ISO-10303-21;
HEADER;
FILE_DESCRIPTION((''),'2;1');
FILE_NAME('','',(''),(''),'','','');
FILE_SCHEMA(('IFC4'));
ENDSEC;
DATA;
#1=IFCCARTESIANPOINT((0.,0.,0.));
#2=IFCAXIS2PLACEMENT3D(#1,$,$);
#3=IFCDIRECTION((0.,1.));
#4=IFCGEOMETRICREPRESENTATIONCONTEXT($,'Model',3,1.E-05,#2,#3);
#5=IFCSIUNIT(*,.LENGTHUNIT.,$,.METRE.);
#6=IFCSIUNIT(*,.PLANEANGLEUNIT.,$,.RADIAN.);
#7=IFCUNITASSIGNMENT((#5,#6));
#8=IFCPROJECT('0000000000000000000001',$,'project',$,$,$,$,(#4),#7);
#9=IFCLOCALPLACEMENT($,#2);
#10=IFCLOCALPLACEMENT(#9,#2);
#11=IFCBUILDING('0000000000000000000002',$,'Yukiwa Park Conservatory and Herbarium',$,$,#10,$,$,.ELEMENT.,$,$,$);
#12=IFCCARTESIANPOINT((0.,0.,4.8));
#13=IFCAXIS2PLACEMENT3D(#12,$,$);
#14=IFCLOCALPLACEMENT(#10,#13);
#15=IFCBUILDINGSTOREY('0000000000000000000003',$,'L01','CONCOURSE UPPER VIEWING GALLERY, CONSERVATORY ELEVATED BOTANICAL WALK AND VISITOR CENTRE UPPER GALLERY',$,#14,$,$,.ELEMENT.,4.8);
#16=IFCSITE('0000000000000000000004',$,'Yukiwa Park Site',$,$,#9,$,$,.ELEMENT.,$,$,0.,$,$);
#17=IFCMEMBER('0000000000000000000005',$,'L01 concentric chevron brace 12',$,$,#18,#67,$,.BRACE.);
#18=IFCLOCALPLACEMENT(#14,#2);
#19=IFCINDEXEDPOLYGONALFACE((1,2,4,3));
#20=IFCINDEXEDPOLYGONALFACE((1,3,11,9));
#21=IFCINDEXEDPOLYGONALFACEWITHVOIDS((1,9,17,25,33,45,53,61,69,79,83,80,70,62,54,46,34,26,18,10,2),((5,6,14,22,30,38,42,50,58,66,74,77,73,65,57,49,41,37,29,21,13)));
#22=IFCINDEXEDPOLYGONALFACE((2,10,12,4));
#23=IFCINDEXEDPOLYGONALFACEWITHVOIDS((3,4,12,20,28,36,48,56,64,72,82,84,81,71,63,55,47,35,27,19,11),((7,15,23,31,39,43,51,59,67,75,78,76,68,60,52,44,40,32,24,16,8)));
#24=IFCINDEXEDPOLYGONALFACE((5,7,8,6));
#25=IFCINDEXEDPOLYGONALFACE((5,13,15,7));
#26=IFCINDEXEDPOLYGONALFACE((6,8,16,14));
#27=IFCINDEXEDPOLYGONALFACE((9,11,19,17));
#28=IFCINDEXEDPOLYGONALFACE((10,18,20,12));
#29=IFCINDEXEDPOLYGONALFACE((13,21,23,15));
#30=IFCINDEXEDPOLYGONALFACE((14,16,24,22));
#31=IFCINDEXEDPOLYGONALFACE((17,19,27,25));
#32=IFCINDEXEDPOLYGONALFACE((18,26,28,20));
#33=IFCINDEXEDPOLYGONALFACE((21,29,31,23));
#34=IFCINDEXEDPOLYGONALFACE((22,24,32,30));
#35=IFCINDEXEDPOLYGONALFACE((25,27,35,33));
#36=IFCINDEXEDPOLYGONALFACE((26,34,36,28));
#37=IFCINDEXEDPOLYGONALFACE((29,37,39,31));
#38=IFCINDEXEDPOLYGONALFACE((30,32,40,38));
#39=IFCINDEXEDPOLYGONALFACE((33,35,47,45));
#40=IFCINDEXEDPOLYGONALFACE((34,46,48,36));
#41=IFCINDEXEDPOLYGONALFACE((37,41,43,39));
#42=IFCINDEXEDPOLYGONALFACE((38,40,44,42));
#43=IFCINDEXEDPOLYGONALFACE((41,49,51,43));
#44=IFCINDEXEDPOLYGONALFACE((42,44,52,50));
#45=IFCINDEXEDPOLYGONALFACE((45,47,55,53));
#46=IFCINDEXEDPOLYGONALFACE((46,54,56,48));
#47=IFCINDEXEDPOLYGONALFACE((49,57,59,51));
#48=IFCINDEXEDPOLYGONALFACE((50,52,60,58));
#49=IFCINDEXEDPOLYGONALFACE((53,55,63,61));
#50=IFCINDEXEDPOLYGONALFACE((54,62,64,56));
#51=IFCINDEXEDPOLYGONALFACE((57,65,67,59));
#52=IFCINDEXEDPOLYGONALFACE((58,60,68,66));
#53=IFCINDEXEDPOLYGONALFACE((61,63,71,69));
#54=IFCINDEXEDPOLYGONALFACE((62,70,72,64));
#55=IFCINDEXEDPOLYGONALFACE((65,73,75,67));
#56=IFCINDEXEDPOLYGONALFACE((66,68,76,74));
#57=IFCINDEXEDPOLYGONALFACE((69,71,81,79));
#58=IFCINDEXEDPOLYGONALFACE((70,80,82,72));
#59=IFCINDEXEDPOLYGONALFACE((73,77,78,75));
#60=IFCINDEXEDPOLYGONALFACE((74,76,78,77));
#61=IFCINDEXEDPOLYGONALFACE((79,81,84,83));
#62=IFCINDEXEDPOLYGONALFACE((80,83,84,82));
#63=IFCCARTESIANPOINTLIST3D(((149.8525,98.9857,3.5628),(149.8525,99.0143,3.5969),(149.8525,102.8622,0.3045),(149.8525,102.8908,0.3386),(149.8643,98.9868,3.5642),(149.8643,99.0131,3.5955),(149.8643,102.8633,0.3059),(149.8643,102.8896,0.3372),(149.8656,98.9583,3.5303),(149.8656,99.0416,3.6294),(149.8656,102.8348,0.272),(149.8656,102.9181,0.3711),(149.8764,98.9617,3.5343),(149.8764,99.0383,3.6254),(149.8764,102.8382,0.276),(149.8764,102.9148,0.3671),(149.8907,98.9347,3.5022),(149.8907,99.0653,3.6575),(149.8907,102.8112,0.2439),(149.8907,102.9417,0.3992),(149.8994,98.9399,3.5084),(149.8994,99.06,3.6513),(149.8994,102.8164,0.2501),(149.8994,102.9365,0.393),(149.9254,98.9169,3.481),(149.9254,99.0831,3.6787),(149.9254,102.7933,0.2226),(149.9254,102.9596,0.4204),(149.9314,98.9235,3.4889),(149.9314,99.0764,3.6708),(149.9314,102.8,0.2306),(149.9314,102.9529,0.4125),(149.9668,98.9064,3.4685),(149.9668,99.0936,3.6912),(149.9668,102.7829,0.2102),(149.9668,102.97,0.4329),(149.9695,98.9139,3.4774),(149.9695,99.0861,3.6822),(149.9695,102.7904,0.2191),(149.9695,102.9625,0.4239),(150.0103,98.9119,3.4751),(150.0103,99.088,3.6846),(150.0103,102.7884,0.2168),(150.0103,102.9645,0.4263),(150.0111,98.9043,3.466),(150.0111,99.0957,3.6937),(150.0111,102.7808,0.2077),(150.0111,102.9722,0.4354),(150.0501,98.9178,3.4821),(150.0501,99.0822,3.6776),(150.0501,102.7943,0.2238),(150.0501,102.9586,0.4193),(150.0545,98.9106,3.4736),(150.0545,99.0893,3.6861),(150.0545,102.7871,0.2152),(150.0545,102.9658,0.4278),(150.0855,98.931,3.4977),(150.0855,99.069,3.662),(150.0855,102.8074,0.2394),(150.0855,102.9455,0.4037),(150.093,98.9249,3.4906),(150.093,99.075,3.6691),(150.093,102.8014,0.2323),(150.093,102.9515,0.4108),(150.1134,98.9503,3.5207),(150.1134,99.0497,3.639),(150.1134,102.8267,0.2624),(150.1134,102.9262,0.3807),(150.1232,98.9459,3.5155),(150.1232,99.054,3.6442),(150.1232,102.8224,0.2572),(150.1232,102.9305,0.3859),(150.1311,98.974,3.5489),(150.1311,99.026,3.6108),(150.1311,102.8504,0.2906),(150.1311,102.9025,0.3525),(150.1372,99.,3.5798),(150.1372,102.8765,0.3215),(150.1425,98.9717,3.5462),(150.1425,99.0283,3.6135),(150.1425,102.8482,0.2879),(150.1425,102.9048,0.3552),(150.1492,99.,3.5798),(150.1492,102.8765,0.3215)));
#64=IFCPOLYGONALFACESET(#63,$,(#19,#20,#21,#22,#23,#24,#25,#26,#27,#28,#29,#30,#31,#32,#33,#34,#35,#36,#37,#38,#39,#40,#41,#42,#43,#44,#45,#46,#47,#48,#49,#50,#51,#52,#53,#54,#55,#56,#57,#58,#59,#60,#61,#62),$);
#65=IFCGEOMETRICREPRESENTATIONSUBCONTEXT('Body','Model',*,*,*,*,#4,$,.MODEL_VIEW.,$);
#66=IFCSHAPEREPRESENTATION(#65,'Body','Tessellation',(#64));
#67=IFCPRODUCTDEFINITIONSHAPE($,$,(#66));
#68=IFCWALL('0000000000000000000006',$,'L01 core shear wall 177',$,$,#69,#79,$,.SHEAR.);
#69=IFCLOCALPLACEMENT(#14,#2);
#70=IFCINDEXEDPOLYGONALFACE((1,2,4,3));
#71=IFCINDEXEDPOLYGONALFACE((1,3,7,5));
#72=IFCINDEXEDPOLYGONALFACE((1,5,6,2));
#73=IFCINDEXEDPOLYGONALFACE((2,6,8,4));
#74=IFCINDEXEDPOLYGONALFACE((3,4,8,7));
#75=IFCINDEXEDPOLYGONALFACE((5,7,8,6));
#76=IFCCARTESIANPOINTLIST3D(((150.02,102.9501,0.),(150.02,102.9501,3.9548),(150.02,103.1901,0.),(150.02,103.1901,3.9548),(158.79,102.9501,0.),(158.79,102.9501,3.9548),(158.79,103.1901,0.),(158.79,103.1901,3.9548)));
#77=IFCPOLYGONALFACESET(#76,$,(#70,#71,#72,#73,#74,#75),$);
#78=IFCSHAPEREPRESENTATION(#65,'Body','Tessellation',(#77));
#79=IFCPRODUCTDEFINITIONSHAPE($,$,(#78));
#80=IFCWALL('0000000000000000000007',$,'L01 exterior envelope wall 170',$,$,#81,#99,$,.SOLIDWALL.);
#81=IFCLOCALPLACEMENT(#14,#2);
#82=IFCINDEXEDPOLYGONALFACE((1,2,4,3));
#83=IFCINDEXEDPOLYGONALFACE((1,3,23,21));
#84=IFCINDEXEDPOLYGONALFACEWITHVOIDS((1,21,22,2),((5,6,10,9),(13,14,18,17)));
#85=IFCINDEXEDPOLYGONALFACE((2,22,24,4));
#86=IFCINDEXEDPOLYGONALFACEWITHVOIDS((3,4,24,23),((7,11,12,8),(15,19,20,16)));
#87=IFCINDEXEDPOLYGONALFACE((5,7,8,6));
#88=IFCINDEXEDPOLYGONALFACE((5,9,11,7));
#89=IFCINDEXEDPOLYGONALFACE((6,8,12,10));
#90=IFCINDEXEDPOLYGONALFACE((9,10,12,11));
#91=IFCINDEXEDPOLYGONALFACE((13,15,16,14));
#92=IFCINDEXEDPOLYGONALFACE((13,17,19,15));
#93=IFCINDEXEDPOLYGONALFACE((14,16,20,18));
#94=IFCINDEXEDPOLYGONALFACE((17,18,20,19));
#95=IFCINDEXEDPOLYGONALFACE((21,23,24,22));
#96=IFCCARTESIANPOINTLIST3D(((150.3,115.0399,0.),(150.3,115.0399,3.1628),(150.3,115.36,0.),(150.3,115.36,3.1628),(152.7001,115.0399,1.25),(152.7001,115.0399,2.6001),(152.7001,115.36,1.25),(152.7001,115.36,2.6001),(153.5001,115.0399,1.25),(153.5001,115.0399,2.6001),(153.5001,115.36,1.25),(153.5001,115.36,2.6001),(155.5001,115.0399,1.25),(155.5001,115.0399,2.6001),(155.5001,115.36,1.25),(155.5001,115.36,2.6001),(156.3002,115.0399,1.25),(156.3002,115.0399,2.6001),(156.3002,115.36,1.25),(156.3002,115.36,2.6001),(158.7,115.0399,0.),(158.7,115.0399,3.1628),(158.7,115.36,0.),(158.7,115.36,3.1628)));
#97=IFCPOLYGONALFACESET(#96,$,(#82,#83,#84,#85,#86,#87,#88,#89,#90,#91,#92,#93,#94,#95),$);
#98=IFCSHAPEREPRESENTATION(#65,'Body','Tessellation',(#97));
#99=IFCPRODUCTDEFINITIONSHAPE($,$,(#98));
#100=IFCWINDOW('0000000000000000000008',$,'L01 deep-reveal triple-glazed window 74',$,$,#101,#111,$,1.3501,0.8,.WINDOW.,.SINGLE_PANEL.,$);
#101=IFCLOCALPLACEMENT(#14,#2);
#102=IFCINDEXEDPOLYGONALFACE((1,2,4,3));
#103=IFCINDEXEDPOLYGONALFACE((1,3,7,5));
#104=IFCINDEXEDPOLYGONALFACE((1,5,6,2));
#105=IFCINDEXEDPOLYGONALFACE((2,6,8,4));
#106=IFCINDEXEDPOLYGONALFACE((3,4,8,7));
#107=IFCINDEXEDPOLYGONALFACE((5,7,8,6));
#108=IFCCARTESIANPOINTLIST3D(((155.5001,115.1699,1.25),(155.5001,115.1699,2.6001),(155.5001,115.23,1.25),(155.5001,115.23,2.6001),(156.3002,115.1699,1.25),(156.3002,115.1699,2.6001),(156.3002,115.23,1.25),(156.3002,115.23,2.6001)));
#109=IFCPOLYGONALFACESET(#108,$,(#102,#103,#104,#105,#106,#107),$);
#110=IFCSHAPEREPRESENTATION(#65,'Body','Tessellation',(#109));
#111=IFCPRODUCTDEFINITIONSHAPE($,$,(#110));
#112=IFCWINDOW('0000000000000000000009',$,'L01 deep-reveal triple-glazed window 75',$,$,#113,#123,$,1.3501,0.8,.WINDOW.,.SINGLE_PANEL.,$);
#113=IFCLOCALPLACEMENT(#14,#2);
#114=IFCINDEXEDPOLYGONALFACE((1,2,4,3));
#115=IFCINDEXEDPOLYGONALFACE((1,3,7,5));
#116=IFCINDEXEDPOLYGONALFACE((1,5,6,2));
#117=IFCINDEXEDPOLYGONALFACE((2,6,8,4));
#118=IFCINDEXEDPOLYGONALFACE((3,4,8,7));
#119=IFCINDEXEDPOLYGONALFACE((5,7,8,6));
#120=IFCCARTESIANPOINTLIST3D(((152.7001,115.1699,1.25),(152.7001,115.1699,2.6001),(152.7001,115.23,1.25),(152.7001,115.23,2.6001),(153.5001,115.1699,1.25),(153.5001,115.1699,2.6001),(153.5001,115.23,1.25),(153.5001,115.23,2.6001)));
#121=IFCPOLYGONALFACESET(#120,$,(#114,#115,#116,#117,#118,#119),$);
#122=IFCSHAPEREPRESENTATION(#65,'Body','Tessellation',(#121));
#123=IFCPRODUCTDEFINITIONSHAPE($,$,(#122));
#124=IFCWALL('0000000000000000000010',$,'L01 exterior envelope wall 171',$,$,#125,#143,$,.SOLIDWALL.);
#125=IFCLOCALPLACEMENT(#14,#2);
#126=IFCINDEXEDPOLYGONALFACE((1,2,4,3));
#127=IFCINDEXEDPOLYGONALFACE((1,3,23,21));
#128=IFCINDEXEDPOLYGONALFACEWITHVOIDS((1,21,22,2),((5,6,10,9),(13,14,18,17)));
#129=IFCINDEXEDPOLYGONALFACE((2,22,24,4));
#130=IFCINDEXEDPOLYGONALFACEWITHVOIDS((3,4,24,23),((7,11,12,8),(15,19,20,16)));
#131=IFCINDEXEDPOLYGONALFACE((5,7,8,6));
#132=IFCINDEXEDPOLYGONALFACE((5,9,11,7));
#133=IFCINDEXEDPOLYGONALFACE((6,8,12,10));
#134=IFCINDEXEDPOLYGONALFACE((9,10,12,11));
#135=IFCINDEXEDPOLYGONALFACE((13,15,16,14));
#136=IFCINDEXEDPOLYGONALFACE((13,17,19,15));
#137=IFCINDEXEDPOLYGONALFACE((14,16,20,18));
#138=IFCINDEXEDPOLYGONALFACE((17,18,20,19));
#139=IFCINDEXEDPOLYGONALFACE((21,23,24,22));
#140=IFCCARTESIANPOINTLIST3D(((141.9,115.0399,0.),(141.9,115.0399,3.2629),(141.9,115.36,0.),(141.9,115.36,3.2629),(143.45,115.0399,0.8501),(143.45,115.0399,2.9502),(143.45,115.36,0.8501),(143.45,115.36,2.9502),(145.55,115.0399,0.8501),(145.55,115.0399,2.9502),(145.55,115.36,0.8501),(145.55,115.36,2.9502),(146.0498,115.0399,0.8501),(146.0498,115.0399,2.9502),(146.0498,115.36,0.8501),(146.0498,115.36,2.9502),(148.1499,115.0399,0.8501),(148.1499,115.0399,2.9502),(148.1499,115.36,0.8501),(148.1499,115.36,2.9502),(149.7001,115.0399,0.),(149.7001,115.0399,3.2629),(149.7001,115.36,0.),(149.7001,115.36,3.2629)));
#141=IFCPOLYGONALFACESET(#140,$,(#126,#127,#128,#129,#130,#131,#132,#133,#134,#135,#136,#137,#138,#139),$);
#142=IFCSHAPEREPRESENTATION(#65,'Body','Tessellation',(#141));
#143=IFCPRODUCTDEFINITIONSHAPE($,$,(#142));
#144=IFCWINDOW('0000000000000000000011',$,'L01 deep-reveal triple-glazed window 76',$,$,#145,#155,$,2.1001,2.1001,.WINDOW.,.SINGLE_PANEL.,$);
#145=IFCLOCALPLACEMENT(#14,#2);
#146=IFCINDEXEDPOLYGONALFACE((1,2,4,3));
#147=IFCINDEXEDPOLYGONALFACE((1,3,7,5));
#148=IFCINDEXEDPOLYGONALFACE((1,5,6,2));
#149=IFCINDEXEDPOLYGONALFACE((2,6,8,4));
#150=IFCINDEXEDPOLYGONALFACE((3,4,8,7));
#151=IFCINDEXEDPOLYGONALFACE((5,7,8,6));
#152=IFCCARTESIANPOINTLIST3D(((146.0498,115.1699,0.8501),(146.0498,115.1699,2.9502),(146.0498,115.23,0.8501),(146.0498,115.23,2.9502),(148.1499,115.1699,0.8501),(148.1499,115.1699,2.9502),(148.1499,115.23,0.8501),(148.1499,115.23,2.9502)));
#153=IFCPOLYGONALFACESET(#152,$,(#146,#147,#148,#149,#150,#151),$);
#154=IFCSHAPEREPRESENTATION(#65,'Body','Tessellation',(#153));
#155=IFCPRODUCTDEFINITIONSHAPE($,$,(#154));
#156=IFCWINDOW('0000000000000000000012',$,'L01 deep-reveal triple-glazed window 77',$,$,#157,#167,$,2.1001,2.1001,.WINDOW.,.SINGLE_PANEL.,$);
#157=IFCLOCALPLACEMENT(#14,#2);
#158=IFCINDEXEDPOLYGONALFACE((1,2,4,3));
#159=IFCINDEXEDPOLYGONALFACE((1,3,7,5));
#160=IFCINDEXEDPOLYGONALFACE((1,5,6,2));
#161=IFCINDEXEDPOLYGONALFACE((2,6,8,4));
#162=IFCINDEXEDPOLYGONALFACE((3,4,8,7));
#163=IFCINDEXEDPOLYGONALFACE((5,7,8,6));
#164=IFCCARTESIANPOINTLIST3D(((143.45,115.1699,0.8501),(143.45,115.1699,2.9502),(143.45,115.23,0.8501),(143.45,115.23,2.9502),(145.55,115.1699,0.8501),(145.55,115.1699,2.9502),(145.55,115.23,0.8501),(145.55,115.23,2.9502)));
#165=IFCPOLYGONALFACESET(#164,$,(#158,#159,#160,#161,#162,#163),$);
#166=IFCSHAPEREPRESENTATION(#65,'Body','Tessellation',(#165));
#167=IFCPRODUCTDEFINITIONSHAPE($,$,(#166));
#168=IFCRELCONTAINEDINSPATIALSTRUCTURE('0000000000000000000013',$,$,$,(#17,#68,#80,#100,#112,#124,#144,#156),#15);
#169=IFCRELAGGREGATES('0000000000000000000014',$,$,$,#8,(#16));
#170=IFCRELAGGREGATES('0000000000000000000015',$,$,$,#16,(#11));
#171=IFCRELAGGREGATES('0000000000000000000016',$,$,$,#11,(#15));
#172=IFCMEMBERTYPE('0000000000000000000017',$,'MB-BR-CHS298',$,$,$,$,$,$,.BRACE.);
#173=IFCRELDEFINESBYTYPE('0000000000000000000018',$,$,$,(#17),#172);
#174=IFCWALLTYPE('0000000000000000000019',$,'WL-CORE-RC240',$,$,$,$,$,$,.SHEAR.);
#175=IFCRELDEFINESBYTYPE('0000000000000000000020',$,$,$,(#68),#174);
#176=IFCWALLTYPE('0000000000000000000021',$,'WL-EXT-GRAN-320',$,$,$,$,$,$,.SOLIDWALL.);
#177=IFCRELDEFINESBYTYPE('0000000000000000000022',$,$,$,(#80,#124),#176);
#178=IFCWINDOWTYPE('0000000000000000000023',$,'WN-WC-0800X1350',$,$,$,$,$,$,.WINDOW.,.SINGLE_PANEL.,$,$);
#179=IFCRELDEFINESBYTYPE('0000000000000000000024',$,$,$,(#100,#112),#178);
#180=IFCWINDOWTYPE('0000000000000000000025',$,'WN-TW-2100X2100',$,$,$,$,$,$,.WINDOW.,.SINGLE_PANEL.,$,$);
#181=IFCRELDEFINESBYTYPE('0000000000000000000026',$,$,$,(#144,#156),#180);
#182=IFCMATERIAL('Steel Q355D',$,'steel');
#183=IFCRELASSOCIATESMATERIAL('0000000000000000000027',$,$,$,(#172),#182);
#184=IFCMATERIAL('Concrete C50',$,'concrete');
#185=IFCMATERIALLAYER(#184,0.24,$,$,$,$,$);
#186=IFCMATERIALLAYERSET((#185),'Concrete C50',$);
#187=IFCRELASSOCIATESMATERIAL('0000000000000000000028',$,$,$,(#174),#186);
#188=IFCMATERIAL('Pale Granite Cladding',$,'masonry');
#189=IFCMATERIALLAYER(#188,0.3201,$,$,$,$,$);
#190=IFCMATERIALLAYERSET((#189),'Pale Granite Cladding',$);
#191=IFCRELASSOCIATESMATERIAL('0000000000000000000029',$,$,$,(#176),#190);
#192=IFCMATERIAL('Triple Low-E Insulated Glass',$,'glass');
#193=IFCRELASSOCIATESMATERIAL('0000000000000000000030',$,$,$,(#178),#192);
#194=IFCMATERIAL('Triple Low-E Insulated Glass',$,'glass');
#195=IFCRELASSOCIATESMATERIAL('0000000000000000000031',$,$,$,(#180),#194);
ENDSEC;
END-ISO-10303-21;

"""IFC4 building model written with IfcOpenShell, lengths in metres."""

from ifc_helpers import new_model, si_unit, direction, frame, frame_2d, origin, origin_2d, place, context, subcontext, project, spatial, rectangle, hollow_circle, extrude, material, layer, layer_set, material_profile, profile_set, type_object, element, fill, save


model = new_model("IFC4")

# Units and contexts
model_context = context("Model", 3, precision=1e-05, world=origin(), true_north=direction((0.0, 1.0)))
body_context = subcontext(model_context, "Body", "Model", "MODEL_VIEW")
ifc_project = project(units=[si_unit("LENGTHUNIT", "METRE"), si_unit("PLANEANGLEUNIT", "RADIAN")], contexts=[model_context])

# Site, building, storey
site_placement = place(None, origin())
site = spatial("IfcSite", under=ifc_project, at=site_placement, Name="Yukiwa Park Site", CompositionType="ELEMENT", RefElevation=0.0)
building_placement = place(site_placement, origin())
building = spatial("IfcBuilding", under=site, at=building_placement, Name="Yukiwa Park Conservatory and Herbarium", CompositionType="ELEMENT")
storey_placement = place(building_placement, frame((0.0, 0.0, 4.8)))
storey = spatial("IfcBuildingStorey", under=building, at=storey_placement, Name="L01", Description="CONCOURSE UPPER VIEWING GALLERY, CONSERVATORY ELEVATED BOTANICAL WALK AND VISITOR CENTRE UPPER GALLERY", CompositionType="ELEMENT", Elevation=4.8)

# Member
ifc_material_1 = material(Name="Steel Q355D", Category="steel")
ifc_material_profile_1 = material_profile(ifc_material_1, hollow_circle(Radius=0.1492, WallThickness=0.012, at=origin_2d()), Name="CHS 298.5x12")
ifc_profile_set_1 = profile_set([ifc_material_profile_1], Name="Steel Q355D")
member_type = type_object("IfcMemberType", Name="MB-BR-CHS298", PredefinedType="BRACE", material=ifc_profile_set_1)
member_placement = place(storey_placement, frame((150.0, 102.8765, 0.3215), z_axis=(0.0, -0.765503, 0.643432), x_axis=(1.0, 0.0, 0.0)))
element("IfcMember", 1, at=member_placement, inside=storey, type_object=member_type, Name="L01 concentric chevron brace 12", PredefinedType="BRACE", context=body_context, shape_type="SweptSolid", body=[
    extrude(hollow_circle(Radius=0.1492, WallThickness=0.012, at=origin_2d()), origin(), (0.0, 0.0, 1.0), 5.064),
])

# Wall
ifc_material_2 = material(Name="Concrete C50", Category="concrete")
ifc_layer_1 = layer(ifc_material_2, 0.24)
ifc_layer_set_1 = layer_set([ifc_layer_1], Name="Concrete C50")
wall_type_1 = type_object("IfcWallType", Name="WL-CORE-RC240", PredefinedType="SHEAR", material=ifc_layer_set_1)
wall_1_placement = place(storey_placement, frame((150.02, 103.0701, 0.0), z_axis=(0.0, 0.0, 1.0), x_axis=(1.0, 0.0, 0.0)))
element("IfcWall", 2, at=wall_1_placement, inside=storey, type_object=wall_type_1, Name="L01 core shear wall 177", PredefinedType="SHEAR", context=body_context, shape_type="SweptSolid", body=[
    extrude(rectangle(XDim=8.77, YDim=0.24, at=frame_2d((4.385, 0.0))), origin(), (0.0, 0.0, 1.0), 3.9548),
])

# Walls, openings, windows
ifc_material_3 = material(Name="Pale Granite Cladding", Category="masonry")
ifc_layer_2 = layer(ifc_material_3, 0.3201)
ifc_layer_set_2 = layer_set([ifc_layer_2], Name="Pale Granite Cladding")
wall_type_2 = type_object("IfcWallType", Name="WL-EXT-GRAN-320", PredefinedType="SOLIDWALL", material=ifc_layer_set_2)
wall_2_placement = place(storey_placement, frame((158.7, 115.2, 0.0), z_axis=(0.0, 0.0, 1.0), x_axis=(-1.0, 0.0, 0.0)))
wall_2 = element("IfcWall", 3, at=wall_2_placement, inside=storey, type_object=wall_type_2, Name="L01 exterior envelope wall 170", PredefinedType="SOLIDWALL", context=body_context, shape_type="SweptSolid", body=[
    extrude(rectangle(XDim=8.3999, YDim=0.3201, at=frame_2d((4.2, 0.0))), origin(), (0.0, 0.0, 1.0), 3.1628),
])
opening_1_placement = place(wall_2_placement, frame((2.3999, 0.0, 1.25)))
opening_1 = element("IfcOpeningElement", 4, at=opening_1_placement, cuts=wall_2, PredefinedType="OPENING", context=body_context, shape_type="SweptSolid", body=[
    extrude(rectangle(XDim=0.8, YDim=1.3501, at=frame_2d((0.3999, 0.675))), frame((0.0, 0.1699, 0.0), z_axis=(0.0, -1.0, 0.0), x_axis=(1.0, 0.0, 0.0)), (0.0, 0.0, 1.0), 0.3401),
])
opening_2_placement = place(wall_2_placement, frame((5.2, 0.0, 1.25)))
opening_2 = element("IfcOpeningElement", 5, at=opening_2_placement, cuts=wall_2, PredefinedType="OPENING", context=body_context, shape_type="SweptSolid", body=[
    extrude(rectangle(XDim=0.8, YDim=1.3501, at=frame_2d((0.3999, 0.675))), frame((0.0, 0.1699, 0.0), z_axis=(0.0, -1.0, 0.0), x_axis=(1.0, 0.0, 0.0)), (0.0, 0.0, 1.0), 0.3401),
])
ifc_material_4 = material(Name="Triple Low-E Insulated Glass", Category="glass")
window_type_1 = type_object("IfcWindowType", Name="WN-WC-0800X1350", PartitioningType="SINGLE_PANEL", PredefinedType="WINDOW", material=ifc_material_4)
window_1_placement = place(opening_1_placement, origin())
window_1 = element("IfcWindow", 6, at=window_1_placement, inside=storey, type_object=window_type_1, Name="L01 deep-reveal triple-glazed window 74", OverallHeight=1.3501, OverallWidth=0.8, PartitioningType="SINGLE_PANEL", PredefinedType="WINDOW", context=body_context, shape_type="SweptSolid", body=[
    extrude(rectangle(XDim=0.8, YDim=1.3501, at=frame_2d((0.3999, 0.675))), frame((0.0, 0.03, 0.0), z_axis=(0.0, -1.0, 0.0), x_axis=(1.0, 0.0, 0.0)), (0.0, 0.0, 1.0), 0.0601),
])
fill(opening_1, window_1)
window_2_placement = place(opening_2_placement, origin())
window_2 = element("IfcWindow", 7, at=window_2_placement, inside=storey, type_object=window_type_1, Name="L01 deep-reveal triple-glazed window 75", OverallHeight=1.3501, OverallWidth=0.8, PartitioningType="SINGLE_PANEL", PredefinedType="WINDOW", context=body_context, shape_type="SweptSolid", body=[
    extrude(rectangle(XDim=0.8, YDim=1.3501, at=frame_2d((0.3999, 0.675))), frame((0.0, 0.03, 0.0), z_axis=(0.0, -1.0, 0.0), x_axis=(1.0, 0.0, 0.0)), (0.0, 0.0, 1.0), 0.0601),
])
fill(opening_2, window_2)
wall_3_placement = place(storey_placement, frame((149.7, 115.2, 0.0), z_axis=(0.0, 0.0, 1.0), x_axis=(-1.0, 0.0, 0.0)))
wall_3 = element("IfcWall", 8, at=wall_3_placement, inside=storey, type_object=wall_type_2, Name="L01 exterior envelope wall 171", PredefinedType="SOLIDWALL", context=body_context, shape_type="SweptSolid", body=[
    extrude(rectangle(XDim=7.8, YDim=0.3201, at=frame_2d((3.8999, 0.0))), origin(), (0.0, 0.0, 1.0), 3.2629),
])
opening_3_placement = place(wall_3_placement, frame((1.55, 0.0, 0.8501)))
opening_3 = element("IfcOpeningElement", 9, at=opening_3_placement, cuts=wall_3, PredefinedType="OPENING", context=body_context, shape_type="SweptSolid", body=[
    extrude(rectangle(XDim=2.1001, YDim=2.1001, at=frame_2d((1.05, 1.05))), frame((0.0, 0.1699, 0.0), z_axis=(0.0, -1.0, 0.0), x_axis=(1.0, 0.0, 0.0)), (0.0, 0.0, 1.0), 0.3401),
])
opening_4_placement = place(wall_3_placement, frame((4.1499, 0.0, 0.8501)))
opening_4 = element("IfcOpeningElement", 10, at=opening_4_placement, cuts=wall_3, PredefinedType="OPENING", context=body_context, shape_type="SweptSolid", body=[
    extrude(rectangle(XDim=2.1001, YDim=2.1001, at=frame_2d((1.05, 1.05))), frame((0.0, 0.1699, 0.0), z_axis=(0.0, -1.0, 0.0), x_axis=(1.0, 0.0, 0.0)), (0.0, 0.0, 1.0), 0.3401),
])
ifc_material_5 = material(Name="Triple Low-E Insulated Glass", Category="glass")
window_type_2 = type_object("IfcWindowType", Name="WN-TW-2100X2100", PartitioningType="SINGLE_PANEL", PredefinedType="WINDOW", material=ifc_material_5)
window_3_placement = place(opening_3_placement, origin())
window_3 = element("IfcWindow", 11, at=window_3_placement, inside=storey, type_object=window_type_2, Name="L01 deep-reveal triple-glazed window 76", OverallHeight=2.1001, OverallWidth=2.1001, PartitioningType="SINGLE_PANEL", PredefinedType="WINDOW", context=body_context, shape_type="SweptSolid", body=[
    extrude(rectangle(XDim=2.1001, YDim=2.1001, at=frame_2d((1.05, 1.05))), frame((0.0, 0.03, 0.0), z_axis=(0.0, -1.0, 0.0), x_axis=(1.0, 0.0, 0.0)), (0.0, 0.0, 1.0), 0.0601),
])
fill(opening_3, window_3)
window_4_placement = place(opening_4_placement, origin())
window_4 = element("IfcWindow", 12, at=window_4_placement, inside=storey, type_object=window_type_2, Name="L01 deep-reveal triple-glazed window 77", OverallHeight=2.1001, OverallWidth=2.1001, PartitioningType="SINGLE_PANEL", PredefinedType="WINDOW", context=body_context, shape_type="SweptSolid", body=[
    extrude(rectangle(XDim=2.1001, YDim=2.1001, at=frame_2d((1.05, 1.05))), frame((0.0, 0.03, 0.0), z_axis=(0.0, -1.0, 0.0), x_axis=(1.0, 0.0, 0.0)), (0.0, 0.0, 1.0), 0.0601),
])
fill(opening_4, window_4)

save(model, "model.ifc")
